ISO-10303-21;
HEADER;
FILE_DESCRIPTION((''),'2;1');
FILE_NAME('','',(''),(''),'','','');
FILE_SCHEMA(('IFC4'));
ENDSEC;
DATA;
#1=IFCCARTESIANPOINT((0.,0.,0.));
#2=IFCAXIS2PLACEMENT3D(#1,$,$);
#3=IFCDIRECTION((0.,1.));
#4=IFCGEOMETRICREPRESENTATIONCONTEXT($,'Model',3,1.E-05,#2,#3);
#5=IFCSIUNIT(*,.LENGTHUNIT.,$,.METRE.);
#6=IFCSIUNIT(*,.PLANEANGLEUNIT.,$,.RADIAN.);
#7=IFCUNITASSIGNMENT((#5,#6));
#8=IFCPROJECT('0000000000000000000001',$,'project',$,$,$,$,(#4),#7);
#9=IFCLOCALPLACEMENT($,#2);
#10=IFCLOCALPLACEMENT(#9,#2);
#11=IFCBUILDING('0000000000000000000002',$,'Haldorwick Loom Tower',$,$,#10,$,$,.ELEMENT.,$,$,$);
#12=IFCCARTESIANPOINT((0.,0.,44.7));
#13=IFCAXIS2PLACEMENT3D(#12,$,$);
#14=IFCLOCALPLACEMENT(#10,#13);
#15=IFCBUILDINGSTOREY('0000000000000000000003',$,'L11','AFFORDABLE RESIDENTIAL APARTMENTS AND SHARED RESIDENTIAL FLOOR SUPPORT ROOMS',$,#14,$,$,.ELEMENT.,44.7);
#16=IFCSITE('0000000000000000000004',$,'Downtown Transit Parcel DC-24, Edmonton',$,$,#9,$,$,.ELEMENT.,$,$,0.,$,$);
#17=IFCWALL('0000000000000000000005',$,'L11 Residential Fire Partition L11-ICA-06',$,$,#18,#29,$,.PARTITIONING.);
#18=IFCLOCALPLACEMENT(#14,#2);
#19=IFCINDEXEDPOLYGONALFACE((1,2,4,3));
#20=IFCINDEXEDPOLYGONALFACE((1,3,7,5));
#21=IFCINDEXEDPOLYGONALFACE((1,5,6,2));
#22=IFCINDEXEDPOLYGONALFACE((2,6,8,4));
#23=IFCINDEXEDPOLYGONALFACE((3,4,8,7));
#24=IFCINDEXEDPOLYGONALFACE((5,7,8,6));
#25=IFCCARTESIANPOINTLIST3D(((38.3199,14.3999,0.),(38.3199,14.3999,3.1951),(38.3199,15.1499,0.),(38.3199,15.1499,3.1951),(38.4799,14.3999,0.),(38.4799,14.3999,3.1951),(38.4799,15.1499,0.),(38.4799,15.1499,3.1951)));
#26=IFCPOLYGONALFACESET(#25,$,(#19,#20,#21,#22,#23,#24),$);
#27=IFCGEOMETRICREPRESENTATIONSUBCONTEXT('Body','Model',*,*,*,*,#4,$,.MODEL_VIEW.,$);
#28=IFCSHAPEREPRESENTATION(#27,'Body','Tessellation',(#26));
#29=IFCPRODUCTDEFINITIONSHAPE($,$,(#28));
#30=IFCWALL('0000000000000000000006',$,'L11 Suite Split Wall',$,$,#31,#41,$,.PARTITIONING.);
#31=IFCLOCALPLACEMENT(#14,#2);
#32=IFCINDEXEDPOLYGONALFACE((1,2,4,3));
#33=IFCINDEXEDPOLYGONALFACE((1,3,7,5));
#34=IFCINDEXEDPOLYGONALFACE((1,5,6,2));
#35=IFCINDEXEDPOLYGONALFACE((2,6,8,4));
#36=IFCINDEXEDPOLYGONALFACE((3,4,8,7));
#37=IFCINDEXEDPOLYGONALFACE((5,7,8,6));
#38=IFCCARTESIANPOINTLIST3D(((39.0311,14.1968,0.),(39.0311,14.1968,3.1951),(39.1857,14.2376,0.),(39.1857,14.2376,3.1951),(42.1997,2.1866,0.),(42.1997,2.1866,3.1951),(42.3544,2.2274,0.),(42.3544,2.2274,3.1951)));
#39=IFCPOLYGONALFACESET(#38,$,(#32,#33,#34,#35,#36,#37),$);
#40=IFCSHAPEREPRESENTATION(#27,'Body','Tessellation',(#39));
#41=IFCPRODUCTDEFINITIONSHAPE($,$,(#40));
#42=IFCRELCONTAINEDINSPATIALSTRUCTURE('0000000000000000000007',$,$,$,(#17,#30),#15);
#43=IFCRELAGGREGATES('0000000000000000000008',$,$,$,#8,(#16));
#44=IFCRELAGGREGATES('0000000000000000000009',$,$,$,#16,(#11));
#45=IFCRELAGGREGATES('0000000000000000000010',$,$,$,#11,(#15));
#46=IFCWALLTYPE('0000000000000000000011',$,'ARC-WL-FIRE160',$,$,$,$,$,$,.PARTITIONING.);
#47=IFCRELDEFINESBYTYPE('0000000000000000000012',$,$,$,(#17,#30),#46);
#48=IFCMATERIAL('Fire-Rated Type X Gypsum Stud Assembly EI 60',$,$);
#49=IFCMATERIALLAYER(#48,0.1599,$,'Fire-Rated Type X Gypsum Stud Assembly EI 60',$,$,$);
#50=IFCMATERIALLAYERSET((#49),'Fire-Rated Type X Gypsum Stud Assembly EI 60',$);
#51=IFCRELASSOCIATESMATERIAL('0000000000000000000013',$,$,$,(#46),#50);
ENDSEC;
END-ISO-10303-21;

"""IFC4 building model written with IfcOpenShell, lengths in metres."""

from ifc_helpers import new_model, si_unit, direction, frame, frame_2d, origin, place, context, subcontext, project, spatial, rectangle, extrude, material, layer, layer_set, type_object, element, save


model = new_model("IFC4")

# Units and contexts
model_context = context("Model", 3, precision=1e-05, world=origin(), true_north=direction((0.0, 1.0)))
body_context = subcontext(model_context, "Body", "Model", "MODEL_VIEW")
ifc_project = project(units=[si_unit("LENGTHUNIT", "METRE"), si_unit("PLANEANGLEUNIT", "RADIAN")], contexts=[model_context])

# Site, building, storey
site_placement = place(None, origin())
site = spatial("IfcSite", under=ifc_project, at=site_placement, Name="Downtown Transit Parcel DC-24, Edmonton", CompositionType="ELEMENT", RefElevation=0.0)
building_placement = place(site_placement, origin())
building = spatial("IfcBuilding", under=site, at=building_placement, Name="Haldorwick Loom Tower", CompositionType="ELEMENT")
storey_placement = place(building_placement, frame((0.0, 0.0, 44.7)))
storey = spatial("IfcBuildingStorey", under=building, at=storey_placement, Name="L11", Description="AFFORDABLE RESIDENTIAL APARTMENTS AND SHARED RESIDENTIAL FLOOR SUPPORT ROOMS", CompositionType="ELEMENT", Elevation=44.7)

# Walls
ifc_material_1 = material(Name="Fire-Rated Type X Gypsum Stud Assembly EI 60")
ifc_layer_1 = layer(ifc_material_1, 0.1599, Name="Fire-Rated Type X Gypsum Stud Assembly EI 60")
ifc_layer_set_1 = layer_set([ifc_layer_1], Name="Fire-Rated Type X Gypsum Stud Assembly EI 60")
wall_type_1 = type_object("IfcWallType", Name="ARC-WL-FIRE160", PredefinedType="PARTITIONING", material=ifc_layer_set_1)
wall_1_placement = place(storey_placement, frame((38.3999, 15.1499, 0.0), z_axis=(0.0, 0.0, 1.0), x_axis=(0.0, -1.0, 0.0)))
element("IfcWall", 1, at=wall_1_placement, inside=storey, type_object=wall_type_1, Name="L11 Residential Fire Partition L11-ICA-06", PredefinedType="PARTITIONING", context=body_context, shape_type="SweptSolid", body=[
    extrude(rectangle(XDim=0.75, YDim=0.1599, at=frame_2d((0.375, 0.0))), origin(), (0.0, 0.0, 1.0), 3.1951),
])
wall_2_placement = place(storey_placement, frame((39.1084, 14.217, 0.0), z_axis=(0.0, 0.0, 1.0), x_axis=(0.255104, -0.966914, 0.0)))
element("IfcWall", 2, at=wall_2_placement, inside=storey, type_object=wall_type_1, Name="L11 Suite Split Wall", PredefinedType="PARTITIONING", context=body_context, shape_type="SweptSolid", body=[
    extrude(rectangle(XDim=12.4211, YDim=0.1599, at=frame_2d((6.2104, 0.0))), origin(), (0.0, 0.0, 1.0), 3.1951),
])

save(model, "model.ifc")
